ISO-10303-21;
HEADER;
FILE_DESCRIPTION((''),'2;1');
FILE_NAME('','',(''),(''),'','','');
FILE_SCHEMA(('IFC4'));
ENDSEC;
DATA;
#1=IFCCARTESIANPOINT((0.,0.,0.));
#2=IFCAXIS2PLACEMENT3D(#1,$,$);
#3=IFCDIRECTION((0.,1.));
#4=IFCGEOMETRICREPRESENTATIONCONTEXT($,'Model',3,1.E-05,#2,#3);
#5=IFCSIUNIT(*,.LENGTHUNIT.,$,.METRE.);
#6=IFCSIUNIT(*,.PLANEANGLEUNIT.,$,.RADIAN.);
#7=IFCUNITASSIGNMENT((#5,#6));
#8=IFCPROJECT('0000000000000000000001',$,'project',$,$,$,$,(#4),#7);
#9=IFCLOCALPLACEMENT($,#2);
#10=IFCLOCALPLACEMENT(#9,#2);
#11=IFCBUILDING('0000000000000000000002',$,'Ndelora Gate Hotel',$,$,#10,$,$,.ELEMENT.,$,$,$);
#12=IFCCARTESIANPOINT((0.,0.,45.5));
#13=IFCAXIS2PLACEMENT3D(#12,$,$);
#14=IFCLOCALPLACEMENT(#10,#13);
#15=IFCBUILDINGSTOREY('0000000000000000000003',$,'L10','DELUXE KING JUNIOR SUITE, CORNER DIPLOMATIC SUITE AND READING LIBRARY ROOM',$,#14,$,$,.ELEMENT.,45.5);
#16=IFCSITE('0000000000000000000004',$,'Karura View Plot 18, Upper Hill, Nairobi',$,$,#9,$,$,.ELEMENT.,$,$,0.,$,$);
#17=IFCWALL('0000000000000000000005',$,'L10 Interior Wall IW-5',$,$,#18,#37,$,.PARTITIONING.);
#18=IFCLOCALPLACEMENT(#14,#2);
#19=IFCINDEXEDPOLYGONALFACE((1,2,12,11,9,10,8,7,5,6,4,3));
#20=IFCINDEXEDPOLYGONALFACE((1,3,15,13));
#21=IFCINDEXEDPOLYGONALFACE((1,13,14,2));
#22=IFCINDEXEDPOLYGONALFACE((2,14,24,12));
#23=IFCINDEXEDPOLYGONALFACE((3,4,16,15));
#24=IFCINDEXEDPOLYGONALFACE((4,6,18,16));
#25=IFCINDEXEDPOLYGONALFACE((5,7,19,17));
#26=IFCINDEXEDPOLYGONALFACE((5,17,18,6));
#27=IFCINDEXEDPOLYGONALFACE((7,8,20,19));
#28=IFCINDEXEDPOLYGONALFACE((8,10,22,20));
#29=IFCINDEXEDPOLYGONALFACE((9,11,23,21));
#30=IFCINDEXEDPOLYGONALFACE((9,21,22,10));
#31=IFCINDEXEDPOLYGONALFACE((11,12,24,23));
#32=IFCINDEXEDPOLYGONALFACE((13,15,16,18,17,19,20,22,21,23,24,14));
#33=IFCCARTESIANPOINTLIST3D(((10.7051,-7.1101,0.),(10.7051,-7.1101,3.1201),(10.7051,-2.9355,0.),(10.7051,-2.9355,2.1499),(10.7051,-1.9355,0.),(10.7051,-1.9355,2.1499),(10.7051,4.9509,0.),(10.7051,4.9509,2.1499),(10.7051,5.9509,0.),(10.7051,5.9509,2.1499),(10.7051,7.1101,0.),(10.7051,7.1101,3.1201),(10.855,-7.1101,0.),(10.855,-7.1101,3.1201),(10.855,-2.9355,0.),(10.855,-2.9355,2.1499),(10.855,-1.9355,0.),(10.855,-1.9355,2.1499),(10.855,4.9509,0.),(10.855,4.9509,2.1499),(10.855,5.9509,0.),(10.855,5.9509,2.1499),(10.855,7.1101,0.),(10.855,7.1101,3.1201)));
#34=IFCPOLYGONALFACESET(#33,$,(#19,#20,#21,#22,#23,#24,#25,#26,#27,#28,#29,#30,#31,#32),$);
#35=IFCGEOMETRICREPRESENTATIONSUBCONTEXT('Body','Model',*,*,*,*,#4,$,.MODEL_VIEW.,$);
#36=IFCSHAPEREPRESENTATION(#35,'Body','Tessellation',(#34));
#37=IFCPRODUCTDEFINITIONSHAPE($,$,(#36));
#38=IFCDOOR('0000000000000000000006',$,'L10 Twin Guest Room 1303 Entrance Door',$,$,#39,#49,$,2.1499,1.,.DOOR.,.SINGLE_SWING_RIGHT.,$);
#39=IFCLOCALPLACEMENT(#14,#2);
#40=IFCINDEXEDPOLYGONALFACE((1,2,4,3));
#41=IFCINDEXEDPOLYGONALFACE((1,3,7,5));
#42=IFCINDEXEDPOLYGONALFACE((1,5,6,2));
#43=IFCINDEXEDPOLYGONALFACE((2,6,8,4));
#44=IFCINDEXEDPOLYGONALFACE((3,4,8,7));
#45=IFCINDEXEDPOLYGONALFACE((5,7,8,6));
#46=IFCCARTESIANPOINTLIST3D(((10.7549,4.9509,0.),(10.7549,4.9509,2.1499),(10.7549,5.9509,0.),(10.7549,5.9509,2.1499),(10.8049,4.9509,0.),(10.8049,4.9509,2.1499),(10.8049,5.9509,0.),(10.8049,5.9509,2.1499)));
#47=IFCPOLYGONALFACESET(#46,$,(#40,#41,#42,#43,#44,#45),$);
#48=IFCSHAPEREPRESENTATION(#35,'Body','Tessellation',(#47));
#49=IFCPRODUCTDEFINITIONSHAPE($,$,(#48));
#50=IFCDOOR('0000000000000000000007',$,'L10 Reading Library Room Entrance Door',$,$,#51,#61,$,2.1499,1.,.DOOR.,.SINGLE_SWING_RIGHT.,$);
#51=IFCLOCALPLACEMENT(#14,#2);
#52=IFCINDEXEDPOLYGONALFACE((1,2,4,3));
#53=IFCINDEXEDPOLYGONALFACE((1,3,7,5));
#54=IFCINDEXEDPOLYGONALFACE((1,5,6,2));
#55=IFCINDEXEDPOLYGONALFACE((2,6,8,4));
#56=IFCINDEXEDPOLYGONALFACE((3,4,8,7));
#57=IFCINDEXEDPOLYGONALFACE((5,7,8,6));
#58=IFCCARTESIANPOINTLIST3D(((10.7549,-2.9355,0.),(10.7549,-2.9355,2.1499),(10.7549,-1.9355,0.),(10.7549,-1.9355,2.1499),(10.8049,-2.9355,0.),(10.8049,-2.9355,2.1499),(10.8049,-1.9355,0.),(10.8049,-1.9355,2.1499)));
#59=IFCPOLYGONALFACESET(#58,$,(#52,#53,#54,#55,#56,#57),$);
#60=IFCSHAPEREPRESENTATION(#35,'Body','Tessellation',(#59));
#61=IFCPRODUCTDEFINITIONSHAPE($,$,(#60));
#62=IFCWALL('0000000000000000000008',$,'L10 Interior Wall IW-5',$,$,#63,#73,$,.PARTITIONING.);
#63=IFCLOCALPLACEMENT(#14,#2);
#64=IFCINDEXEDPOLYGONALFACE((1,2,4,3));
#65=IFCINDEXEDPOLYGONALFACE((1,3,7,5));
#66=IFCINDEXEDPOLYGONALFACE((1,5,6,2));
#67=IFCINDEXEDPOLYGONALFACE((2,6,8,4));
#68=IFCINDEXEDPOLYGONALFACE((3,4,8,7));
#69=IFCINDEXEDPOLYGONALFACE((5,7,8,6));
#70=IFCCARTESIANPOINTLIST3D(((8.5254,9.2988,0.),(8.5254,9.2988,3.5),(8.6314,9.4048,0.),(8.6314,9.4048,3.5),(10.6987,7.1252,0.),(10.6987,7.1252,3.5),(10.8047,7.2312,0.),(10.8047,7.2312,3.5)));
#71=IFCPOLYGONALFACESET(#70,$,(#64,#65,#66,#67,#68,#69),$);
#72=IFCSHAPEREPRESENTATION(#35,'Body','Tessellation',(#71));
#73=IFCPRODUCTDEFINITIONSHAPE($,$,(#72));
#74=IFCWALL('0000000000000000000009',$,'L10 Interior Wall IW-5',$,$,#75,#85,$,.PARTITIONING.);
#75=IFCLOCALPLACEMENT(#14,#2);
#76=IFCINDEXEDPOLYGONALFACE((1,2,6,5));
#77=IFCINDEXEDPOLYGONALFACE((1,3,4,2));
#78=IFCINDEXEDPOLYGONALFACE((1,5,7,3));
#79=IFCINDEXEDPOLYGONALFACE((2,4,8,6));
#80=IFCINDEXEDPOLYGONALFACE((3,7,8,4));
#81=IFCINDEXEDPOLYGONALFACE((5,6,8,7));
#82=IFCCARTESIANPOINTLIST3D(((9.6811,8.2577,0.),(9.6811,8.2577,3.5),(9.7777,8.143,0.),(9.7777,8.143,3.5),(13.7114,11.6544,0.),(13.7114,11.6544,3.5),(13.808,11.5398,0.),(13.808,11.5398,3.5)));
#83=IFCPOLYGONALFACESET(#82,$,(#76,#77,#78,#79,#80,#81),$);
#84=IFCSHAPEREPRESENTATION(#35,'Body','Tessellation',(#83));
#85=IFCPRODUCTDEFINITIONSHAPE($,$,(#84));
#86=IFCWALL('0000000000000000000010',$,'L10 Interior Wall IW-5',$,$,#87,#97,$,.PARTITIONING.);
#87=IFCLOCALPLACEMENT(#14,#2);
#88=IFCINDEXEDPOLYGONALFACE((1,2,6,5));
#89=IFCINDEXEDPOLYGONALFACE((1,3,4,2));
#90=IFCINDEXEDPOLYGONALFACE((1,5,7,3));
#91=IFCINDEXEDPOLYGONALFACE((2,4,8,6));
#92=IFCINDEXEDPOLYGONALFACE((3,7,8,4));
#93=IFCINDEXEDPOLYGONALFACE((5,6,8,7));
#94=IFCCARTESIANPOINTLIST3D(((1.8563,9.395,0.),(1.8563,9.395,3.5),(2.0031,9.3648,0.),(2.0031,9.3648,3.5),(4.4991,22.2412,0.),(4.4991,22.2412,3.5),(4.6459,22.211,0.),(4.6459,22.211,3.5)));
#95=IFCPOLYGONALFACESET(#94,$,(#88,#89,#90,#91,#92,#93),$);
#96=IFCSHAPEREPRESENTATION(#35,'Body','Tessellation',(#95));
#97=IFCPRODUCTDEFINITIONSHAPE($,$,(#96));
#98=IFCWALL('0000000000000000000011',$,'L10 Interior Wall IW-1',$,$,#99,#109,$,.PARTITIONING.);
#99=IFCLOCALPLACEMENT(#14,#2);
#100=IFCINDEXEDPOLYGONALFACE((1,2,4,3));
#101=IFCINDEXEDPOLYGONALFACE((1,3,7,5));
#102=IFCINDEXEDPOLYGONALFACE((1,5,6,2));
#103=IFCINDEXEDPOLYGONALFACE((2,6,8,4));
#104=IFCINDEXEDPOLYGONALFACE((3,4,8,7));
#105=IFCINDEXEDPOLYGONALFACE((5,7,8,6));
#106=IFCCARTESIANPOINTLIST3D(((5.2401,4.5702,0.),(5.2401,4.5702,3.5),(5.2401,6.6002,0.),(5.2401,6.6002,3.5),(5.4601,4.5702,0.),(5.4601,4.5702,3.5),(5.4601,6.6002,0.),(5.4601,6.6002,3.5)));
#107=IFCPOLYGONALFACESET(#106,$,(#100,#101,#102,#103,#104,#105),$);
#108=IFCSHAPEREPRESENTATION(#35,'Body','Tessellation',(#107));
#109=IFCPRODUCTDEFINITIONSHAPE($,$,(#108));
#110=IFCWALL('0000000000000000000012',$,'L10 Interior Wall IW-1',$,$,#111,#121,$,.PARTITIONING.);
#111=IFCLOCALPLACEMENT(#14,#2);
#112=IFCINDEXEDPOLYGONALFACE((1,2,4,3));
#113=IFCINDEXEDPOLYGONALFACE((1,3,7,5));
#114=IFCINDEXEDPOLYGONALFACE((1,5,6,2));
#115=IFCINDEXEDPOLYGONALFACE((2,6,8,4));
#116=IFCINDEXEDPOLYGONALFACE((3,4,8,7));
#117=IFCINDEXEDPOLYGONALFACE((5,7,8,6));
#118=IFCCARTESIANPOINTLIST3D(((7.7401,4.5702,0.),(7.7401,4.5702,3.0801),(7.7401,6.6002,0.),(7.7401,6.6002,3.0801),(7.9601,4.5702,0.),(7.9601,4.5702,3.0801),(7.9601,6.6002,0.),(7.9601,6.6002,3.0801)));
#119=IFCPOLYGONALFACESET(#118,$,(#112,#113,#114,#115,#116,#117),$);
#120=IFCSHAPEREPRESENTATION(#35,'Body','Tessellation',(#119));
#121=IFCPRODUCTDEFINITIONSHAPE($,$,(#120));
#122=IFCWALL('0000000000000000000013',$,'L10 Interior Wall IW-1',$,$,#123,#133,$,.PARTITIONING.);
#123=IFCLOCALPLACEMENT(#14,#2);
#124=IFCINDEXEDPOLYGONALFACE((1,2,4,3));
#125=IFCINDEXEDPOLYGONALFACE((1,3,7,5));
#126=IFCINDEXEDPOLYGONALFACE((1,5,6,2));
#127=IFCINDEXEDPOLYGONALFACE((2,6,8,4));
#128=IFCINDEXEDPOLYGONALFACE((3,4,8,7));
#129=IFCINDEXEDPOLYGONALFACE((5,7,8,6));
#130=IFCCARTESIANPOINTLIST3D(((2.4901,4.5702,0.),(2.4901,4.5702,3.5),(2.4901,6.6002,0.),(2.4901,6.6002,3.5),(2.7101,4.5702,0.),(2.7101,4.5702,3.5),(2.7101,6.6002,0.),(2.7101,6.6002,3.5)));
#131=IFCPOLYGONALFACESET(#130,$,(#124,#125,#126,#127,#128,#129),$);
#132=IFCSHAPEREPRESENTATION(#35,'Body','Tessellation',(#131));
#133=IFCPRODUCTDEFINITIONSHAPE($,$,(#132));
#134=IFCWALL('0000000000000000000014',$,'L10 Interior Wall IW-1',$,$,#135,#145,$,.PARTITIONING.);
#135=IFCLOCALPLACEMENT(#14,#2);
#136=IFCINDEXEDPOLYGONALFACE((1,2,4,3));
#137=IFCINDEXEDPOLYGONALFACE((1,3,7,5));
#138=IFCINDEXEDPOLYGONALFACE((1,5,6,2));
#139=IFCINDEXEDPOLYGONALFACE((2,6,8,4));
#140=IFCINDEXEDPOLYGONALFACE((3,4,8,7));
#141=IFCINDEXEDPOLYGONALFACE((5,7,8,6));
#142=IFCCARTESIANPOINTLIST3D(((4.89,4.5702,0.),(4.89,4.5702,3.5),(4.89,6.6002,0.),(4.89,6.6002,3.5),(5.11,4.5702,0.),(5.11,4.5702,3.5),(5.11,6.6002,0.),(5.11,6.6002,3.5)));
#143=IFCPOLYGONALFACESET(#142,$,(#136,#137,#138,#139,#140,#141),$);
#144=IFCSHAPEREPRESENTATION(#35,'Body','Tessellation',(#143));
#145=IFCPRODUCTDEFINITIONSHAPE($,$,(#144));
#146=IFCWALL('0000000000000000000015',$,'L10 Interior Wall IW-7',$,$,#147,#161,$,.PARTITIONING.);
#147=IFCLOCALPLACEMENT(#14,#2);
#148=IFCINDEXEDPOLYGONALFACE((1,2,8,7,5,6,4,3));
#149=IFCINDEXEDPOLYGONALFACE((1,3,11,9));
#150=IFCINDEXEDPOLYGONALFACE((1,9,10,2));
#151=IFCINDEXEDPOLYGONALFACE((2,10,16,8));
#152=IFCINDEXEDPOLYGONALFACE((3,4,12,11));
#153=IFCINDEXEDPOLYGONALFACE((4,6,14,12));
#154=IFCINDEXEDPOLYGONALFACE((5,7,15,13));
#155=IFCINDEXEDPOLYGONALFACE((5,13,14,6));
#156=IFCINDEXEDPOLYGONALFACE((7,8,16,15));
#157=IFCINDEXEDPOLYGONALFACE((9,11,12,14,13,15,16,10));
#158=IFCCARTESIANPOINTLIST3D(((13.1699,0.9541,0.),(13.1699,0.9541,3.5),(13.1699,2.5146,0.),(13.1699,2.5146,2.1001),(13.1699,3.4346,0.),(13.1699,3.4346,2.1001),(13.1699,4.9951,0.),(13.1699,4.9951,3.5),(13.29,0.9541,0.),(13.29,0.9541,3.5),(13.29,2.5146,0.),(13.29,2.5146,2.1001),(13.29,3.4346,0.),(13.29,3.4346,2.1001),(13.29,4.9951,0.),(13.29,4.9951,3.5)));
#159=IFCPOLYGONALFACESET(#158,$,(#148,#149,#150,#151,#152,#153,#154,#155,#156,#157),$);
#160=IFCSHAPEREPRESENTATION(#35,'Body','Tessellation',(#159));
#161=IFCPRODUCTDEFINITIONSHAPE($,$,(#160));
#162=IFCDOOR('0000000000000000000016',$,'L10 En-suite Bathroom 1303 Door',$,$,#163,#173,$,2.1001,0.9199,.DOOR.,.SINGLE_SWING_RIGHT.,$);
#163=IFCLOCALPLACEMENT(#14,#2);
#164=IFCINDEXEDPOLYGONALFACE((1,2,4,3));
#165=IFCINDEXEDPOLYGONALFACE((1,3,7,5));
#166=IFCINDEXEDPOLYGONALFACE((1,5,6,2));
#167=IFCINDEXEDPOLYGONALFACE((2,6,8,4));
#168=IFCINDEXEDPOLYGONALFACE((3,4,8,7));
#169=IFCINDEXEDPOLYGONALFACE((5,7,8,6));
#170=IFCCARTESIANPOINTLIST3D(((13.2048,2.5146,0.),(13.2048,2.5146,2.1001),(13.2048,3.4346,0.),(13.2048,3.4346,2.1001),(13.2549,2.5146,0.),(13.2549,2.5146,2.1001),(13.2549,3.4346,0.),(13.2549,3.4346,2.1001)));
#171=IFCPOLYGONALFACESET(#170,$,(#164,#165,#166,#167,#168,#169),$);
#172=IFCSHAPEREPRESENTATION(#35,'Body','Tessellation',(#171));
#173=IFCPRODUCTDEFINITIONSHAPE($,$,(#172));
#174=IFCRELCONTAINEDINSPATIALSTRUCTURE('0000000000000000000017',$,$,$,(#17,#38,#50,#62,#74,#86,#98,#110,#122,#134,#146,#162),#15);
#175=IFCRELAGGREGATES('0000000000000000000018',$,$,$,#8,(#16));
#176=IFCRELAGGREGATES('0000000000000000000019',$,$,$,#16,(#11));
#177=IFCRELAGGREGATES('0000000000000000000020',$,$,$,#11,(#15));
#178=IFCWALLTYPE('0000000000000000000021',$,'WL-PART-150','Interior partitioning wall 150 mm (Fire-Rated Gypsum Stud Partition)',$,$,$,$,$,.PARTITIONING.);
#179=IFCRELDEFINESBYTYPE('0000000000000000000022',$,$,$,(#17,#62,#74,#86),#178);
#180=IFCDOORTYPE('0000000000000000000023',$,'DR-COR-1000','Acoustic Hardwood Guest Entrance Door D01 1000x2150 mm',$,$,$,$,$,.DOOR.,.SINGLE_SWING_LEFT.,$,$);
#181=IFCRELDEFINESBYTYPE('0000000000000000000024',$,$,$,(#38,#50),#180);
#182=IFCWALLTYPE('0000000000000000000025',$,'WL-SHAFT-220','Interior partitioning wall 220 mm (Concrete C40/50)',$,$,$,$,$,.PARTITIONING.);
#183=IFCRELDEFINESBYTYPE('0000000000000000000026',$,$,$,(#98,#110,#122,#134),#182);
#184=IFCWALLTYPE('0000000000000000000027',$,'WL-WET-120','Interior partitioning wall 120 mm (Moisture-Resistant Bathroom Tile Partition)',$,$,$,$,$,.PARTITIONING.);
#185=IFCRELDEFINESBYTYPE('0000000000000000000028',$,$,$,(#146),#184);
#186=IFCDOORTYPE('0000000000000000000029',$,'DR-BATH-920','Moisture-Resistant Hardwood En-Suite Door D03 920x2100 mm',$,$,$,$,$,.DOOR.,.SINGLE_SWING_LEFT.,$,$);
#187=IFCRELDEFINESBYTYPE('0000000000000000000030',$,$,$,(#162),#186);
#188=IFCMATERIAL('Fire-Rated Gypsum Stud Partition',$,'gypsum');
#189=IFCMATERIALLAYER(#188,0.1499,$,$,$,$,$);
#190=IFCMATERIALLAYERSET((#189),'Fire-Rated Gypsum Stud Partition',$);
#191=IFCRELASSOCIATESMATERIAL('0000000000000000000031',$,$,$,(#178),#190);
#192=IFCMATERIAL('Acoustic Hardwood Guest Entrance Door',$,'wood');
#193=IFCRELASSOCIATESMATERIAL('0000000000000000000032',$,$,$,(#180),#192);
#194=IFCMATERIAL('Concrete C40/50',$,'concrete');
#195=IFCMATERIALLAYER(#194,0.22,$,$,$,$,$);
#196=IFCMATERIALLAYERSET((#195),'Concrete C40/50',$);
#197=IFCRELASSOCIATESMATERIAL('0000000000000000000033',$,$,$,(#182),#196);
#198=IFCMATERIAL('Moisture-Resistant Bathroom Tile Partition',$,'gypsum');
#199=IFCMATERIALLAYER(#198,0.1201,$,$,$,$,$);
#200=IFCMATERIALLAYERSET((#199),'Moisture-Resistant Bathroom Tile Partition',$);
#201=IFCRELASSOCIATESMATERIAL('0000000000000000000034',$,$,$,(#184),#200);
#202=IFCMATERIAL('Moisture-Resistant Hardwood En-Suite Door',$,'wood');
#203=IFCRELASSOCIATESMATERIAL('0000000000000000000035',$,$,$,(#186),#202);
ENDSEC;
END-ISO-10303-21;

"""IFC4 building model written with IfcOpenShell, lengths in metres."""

from ifc_helpers import new_model, si_unit, direction, frame, frame_2d, origin, place, context, subcontext, project, spatial, rectangle, extrude, material, layer, layer_set, type_object, element, fill, save


model = new_model("IFC4")

# Units and contexts
model_context = context("Model", 3, precision=1e-05, world=origin(), true_north=direction((0.0, 1.0)))
body_context = subcontext(model_context, "Body", "Model", "MODEL_VIEW")
ifc_project = project(units=[si_unit("LENGTHUNIT", "METRE"), si_unit("PLANEANGLEUNIT", "RADIAN")], contexts=[model_context])

# Site, building, storey
site_placement = place(None, origin())
site = spatial("IfcSite", under=ifc_project, at=site_placement, Name="Karura View Plot 18, Upper Hill, Nairobi", CompositionType="ELEMENT", RefElevation=0.0)
building_placement = place(site_placement, origin())
building = spatial("IfcBuilding", under=site, at=building_placement, Name="Ndelora Gate Hotel", CompositionType="ELEMENT")
storey_placement = place(building_placement, frame((0.0, 0.0, 45.5)))
storey = spatial("IfcBuildingStorey", under=building, at=storey_placement, Name="L10", Description="DELUXE KING JUNIOR SUITE, CORNER DIPLOMATIC SUITE AND READING LIBRARY ROOM", CompositionType="ELEMENT", Elevation=45.5)

# Wall, openings, doors
ifc_material_1 = material(Name="Fire-Rated Gypsum Stud Partition", Category="gypsum")
ifc_layer_1 = layer(ifc_material_1, 0.1499)
ifc_layer_set_1 = layer_set([ifc_layer_1], Name="Fire-Rated Gypsum Stud Partition")
wall_type_1 = type_object("IfcWallType", Name="WL-PART-150", Description="Interior partitioning wall 150 mm (Fire-Rated Gypsum Stud Partition)", PredefinedType="PARTITIONING", material=ifc_layer_set_1)
wall_1_placement = place(storey_placement, frame((10.78, 7.1101, 0.0), z_axis=(0.0, 0.0, 1.0), x_axis=(0.0, -1.0, 0.0)))
wall_1 = element("IfcWall", 1, at=wall_1_placement, inside=storey, type_object=wall_type_1, Name="L10 Interior Wall IW-5", PredefinedType="PARTITIONING", context=body_context, shape_type="SweptSolid", body=[
    extrude(rectangle(XDim=14.2202, YDim=0.1499, at=frame_2d((7.1101, 0.0))), origin(), (0.0, 0.0, 1.0), 3.1201),
])
opening_1_placement = place(wall_1_placement, frame((1.1592, 0.0, 0.0)))
opening_1 = element("IfcOpeningElement", 2, at=opening_1_placement, cuts=wall_1, PredefinedType="OPENING", context=body_context, shape_type="SweptSolid", body=[
    extrude(rectangle(XDim=1.0, YDim=2.1499, at=frame_2d((0.5, 1.075))), frame((0.0, 0.085, 0.0), z_axis=(0.0, -1.0, 0.0), x_axis=(1.0, 0.0, 0.0)), (0.0, 0.0, 1.0), 0.1699),
])
opening_2_placement = place(wall_1_placement, frame((9.0457, 0.0, 0.0)))
opening_2 = element("IfcOpeningElement", 3, at=opening_2_placement, cuts=wall_1, PredefinedType="OPENING", context=body_context, shape_type="SweptSolid", body=[
    extrude(rectangle(XDim=1.0, YDim=2.1499, at=frame_2d((0.5, 1.075))), frame((0.0, 0.085, 0.0), z_axis=(0.0, -1.0, 0.0), x_axis=(1.0, 0.0, 0.0)), (0.0, 0.0, 1.0), 0.1699),
])
ifc_material_2 = material(Name="Acoustic Hardwood Guest Entrance Door", Category="wood")
door_type_1 = type_object("IfcDoorType", Name="DR-COR-1000", Description="Acoustic Hardwood Guest Entrance Door D01 1000x2150 mm", OperationType="SINGLE_SWING_LEFT", PredefinedType="DOOR", material=ifc_material_2)
door_1_placement = place(opening_1_placement, origin())
door_1 = element("IfcDoor", 4, at=door_1_placement, inside=storey, type_object=door_type_1, Name="L10 Twin Guest Room 1303 Entrance Door", OperationType="SINGLE_SWING_RIGHT", OverallHeight=2.1499, OverallWidth=1.0, PredefinedType="DOOR", context=body_context, shape_type="SweptSolid", body=[
    extrude(rectangle(XDim=1.0, YDim=2.1499, at=frame_2d((0.5, 1.075))), frame((0.0, 0.0249, 0.0), z_axis=(0.0, -1.0, 0.0), x_axis=(1.0, 0.0, 0.0)), (0.0, 0.0, 1.0), 0.05),
])
fill(opening_1, door_1)
door_2_placement = place(opening_2_placement, origin())
door_2 = element("IfcDoor", 5, at=door_2_placement, inside=storey, type_object=door_type_1, Name="L10 Reading Library Room Entrance Door", OperationType="SINGLE_SWING_RIGHT", OverallHeight=2.1499, OverallWidth=1.0, PredefinedType="DOOR", context=body_context, shape_type="SweptSolid", body=[
    extrude(rectangle(XDim=1.0, YDim=2.1499, at=frame_2d((0.5, 1.075))), frame((0.0, 0.0249, 0.0), z_axis=(0.0, -1.0, 0.0), x_axis=(1.0, 0.0, 0.0)), (0.0, 0.0, 1.0), 0.05),
])
fill(opening_2, door_2)

# Walls
wall_2_placement = place(storey_placement, frame((8.5784, 9.3518, 0.0), z_axis=(0.0, 0.0, 1.0), x_axis=(0.707067, -0.707146, 0.0)))
element("IfcWall", 6, at=wall_2_placement, inside=storey, type_object=wall_type_1, Name="L10 Interior Wall IW-5", PredefinedType="PARTITIONING", context=body_context, shape_type="SweptSolid", body=[
    extrude(rectangle(XDim=3.0737, YDim=0.1499, at=frame_2d((1.5369, 0.0))), origin(), (0.0, 0.0, 1.0), 3.5),
])
wall_3_placement = place(storey_placement, frame((9.7295, 8.2004, 0.0), z_axis=(0.0, 0.0, 1.0), x_axis=(0.764648, 0.644448, 0.0)))
element("IfcWall", 7, at=wall_3_placement, inside=storey, type_object=wall_type_1, Name="L10 Interior Wall IW-5", PredefinedType="PARTITIONING", context=body_context, shape_type="SweptSolid", body=[
    extrude(rectangle(XDim=5.2708, YDim=0.1499, at=frame_2d((2.6353, 0.0))), origin(), (0.0, 0.0, 1.0), 3.5),
])
wall_4_placement = place(storey_placement, frame((1.9297, 9.3799, 0.0), z_axis=(0.0, 0.0, 1.0), x_axis=(0.201508, 0.979487, 0.0)))
element("IfcWall", 8, at=wall_4_placement, inside=storey, type_object=wall_type_1, Name="L10 Interior Wall IW-5", PredefinedType="PARTITIONING", context=body_context, shape_type="SweptSolid", body=[
    extrude(rectangle(XDim=13.1152, YDim=0.1499, at=frame_2d((6.5576, 0.0))), origin(), (0.0, 0.0, 1.0), 3.5),
])
ifc_material_3 = material(Name="Concrete C40/50", Category="concrete")
ifc_layer_2 = layer(ifc_material_3, 0.22)
ifc_layer_set_2 = layer_set([ifc_layer_2], Name="Concrete C40/50")
wall_type_2 = type_object("IfcWallType", Name="WL-SHAFT-220", Description="Interior partitioning wall 220 mm (Concrete C40/50)", PredefinedType="PARTITIONING", material=ifc_layer_set_2)
wall_5_placement = place(storey_placement, frame((5.3501, 4.5701, 0.0), z_axis=(0.0, 0.0, 1.0), x_axis=(0.0, 1.0, 0.0)))
element("IfcWall", 9, at=wall_5_placement, inside=storey, type_object=wall_type_2, Name="L10 Interior Wall IW-1", PredefinedType="PARTITIONING", context=body_context, shape_type="SweptSolid", body=[
    extrude(rectangle(XDim=2.03, YDim=0.22, at=frame_2d((1.0151, 0.0))), origin(), (0.0, 0.0, 1.0), 3.5),
])
wall_6_placement = place(storey_placement, frame((7.8501, 4.5701, 0.0), z_axis=(0.0, 0.0, 1.0), x_axis=(0.0, 1.0, 0.0)))
element("IfcWall", 10, at=wall_6_placement, inside=storey, type_object=wall_type_2, Name="L10 Interior Wall IW-1", PredefinedType="PARTITIONING", context=body_context, shape_type="SweptSolid", body=[
    extrude(rectangle(XDim=2.03, YDim=0.22, at=frame_2d((1.0151, 0.0))), origin(), (0.0, 0.0, 1.0), 3.0801),
])
for number, where, z_axis, x_axis, name in (
    (11, (2.6001, 4.5701, 0.0), (0.0, 0.0, 1.0), (0.0, 1.0, 0.0), "L10 Interior Wall IW-1"),
    (12, (5.0, 4.5701, 0.0), (0.0, 0.0, 1.0), (0.0, 1.0, 0.0), "L10 Interior Wall IW-1"),
):
    element("IfcWall", number, at=place(storey_placement, frame(where, z_axis=z_axis, x_axis=x_axis)), inside=storey, type_object=wall_type_2, Name=name, PredefinedType="PARTITIONING", context=body_context, shape_type="SweptSolid", body=[
        extrude(rectangle(XDim=2.03, YDim=0.22, at=frame_2d((1.0151, 0.0))), origin(), (0.0, 0.0, 1.0), 3.5),
    ])

# Wall, opening, door
ifc_material_4 = material(Name="Moisture-Resistant Bathroom Tile Partition", Category="gypsum")
ifc_layer_3 = layer(ifc_material_4, 0.1201)
ifc_layer_set_3 = layer_set([ifc_layer_3], Name="Moisture-Resistant Bathroom Tile Partition")
wall_type_3 = type_object("IfcWallType", Name="WL-WET-120", Description="Interior partitioning wall 120 mm (Moisture-Resistant Bathroom Tile Partition)", PredefinedType="PARTITIONING", material=ifc_layer_set_3)
wall_7_placement = place(storey_placement, frame((13.23, 4.9951, 0.0), z_axis=(0.0, 0.0, 1.0), x_axis=(0.0, -1.0, 0.0)))
wall_7 = element("IfcWall", 13, at=wall_7_placement, inside=storey, type_object=wall_type_3, Name="L10 Interior Wall IW-7", PredefinedType="PARTITIONING", context=body_context, shape_type="SweptSolid", body=[
    extrude(rectangle(XDim=4.041, YDim=0.1201, at=frame_2d((2.0205, 0.0))), origin(), (0.0, 0.0, 1.0), 3.5),
])
opening_3_placement = place(wall_7_placement, frame((1.5605, 0.0, 0.0)))
opening_3 = element("IfcOpeningElement", 14, at=opening_3_placement, cuts=wall_7, PredefinedType="OPENING", context=body_context, shape_type="SweptSolid", body=[
    extrude(rectangle(XDim=0.9199, YDim=2.1001, at=frame_2d((0.46, 1.05))), frame((0.0, 0.0701, 0.0), z_axis=(0.0, -1.0, 0.0), x_axis=(1.0, 0.0, 0.0)), (0.0, 0.0, 1.0), 0.1401),
])
ifc_material_5 = material(Name="Moisture-Resistant Hardwood En-Suite Door", Category="wood")
door_type_2 = type_object("IfcDoorType", Name="DR-BATH-920", Description="Moisture-Resistant Hardwood En-Suite Door D03 920x2100 mm", OperationType="SINGLE_SWING_LEFT", PredefinedType="DOOR", material=ifc_material_5)
door_3_placement = place(opening_3_placement, origin())
door_3 = element("IfcDoor", 15, at=door_3_placement, inside=storey, type_object=door_type_2, Name="L10 En-suite Bathroom 1303 Door", OperationType="SINGLE_SWING_RIGHT", OverallHeight=2.1001, OverallWidth=0.9199, PredefinedType="DOOR", context=body_context, shape_type="SweptSolid", body=[
    extrude(rectangle(XDim=0.9199, YDim=2.1001, at=frame_2d((0.46, 1.05))), frame((0.0, 0.0249, 0.0), z_axis=(0.0, -1.0, 0.0), x_axis=(1.0, 0.0, 0.0)), (0.0, 0.0, 1.0), 0.05),
])
fill(opening_3, door_3)

save(model, "model.ifc")
